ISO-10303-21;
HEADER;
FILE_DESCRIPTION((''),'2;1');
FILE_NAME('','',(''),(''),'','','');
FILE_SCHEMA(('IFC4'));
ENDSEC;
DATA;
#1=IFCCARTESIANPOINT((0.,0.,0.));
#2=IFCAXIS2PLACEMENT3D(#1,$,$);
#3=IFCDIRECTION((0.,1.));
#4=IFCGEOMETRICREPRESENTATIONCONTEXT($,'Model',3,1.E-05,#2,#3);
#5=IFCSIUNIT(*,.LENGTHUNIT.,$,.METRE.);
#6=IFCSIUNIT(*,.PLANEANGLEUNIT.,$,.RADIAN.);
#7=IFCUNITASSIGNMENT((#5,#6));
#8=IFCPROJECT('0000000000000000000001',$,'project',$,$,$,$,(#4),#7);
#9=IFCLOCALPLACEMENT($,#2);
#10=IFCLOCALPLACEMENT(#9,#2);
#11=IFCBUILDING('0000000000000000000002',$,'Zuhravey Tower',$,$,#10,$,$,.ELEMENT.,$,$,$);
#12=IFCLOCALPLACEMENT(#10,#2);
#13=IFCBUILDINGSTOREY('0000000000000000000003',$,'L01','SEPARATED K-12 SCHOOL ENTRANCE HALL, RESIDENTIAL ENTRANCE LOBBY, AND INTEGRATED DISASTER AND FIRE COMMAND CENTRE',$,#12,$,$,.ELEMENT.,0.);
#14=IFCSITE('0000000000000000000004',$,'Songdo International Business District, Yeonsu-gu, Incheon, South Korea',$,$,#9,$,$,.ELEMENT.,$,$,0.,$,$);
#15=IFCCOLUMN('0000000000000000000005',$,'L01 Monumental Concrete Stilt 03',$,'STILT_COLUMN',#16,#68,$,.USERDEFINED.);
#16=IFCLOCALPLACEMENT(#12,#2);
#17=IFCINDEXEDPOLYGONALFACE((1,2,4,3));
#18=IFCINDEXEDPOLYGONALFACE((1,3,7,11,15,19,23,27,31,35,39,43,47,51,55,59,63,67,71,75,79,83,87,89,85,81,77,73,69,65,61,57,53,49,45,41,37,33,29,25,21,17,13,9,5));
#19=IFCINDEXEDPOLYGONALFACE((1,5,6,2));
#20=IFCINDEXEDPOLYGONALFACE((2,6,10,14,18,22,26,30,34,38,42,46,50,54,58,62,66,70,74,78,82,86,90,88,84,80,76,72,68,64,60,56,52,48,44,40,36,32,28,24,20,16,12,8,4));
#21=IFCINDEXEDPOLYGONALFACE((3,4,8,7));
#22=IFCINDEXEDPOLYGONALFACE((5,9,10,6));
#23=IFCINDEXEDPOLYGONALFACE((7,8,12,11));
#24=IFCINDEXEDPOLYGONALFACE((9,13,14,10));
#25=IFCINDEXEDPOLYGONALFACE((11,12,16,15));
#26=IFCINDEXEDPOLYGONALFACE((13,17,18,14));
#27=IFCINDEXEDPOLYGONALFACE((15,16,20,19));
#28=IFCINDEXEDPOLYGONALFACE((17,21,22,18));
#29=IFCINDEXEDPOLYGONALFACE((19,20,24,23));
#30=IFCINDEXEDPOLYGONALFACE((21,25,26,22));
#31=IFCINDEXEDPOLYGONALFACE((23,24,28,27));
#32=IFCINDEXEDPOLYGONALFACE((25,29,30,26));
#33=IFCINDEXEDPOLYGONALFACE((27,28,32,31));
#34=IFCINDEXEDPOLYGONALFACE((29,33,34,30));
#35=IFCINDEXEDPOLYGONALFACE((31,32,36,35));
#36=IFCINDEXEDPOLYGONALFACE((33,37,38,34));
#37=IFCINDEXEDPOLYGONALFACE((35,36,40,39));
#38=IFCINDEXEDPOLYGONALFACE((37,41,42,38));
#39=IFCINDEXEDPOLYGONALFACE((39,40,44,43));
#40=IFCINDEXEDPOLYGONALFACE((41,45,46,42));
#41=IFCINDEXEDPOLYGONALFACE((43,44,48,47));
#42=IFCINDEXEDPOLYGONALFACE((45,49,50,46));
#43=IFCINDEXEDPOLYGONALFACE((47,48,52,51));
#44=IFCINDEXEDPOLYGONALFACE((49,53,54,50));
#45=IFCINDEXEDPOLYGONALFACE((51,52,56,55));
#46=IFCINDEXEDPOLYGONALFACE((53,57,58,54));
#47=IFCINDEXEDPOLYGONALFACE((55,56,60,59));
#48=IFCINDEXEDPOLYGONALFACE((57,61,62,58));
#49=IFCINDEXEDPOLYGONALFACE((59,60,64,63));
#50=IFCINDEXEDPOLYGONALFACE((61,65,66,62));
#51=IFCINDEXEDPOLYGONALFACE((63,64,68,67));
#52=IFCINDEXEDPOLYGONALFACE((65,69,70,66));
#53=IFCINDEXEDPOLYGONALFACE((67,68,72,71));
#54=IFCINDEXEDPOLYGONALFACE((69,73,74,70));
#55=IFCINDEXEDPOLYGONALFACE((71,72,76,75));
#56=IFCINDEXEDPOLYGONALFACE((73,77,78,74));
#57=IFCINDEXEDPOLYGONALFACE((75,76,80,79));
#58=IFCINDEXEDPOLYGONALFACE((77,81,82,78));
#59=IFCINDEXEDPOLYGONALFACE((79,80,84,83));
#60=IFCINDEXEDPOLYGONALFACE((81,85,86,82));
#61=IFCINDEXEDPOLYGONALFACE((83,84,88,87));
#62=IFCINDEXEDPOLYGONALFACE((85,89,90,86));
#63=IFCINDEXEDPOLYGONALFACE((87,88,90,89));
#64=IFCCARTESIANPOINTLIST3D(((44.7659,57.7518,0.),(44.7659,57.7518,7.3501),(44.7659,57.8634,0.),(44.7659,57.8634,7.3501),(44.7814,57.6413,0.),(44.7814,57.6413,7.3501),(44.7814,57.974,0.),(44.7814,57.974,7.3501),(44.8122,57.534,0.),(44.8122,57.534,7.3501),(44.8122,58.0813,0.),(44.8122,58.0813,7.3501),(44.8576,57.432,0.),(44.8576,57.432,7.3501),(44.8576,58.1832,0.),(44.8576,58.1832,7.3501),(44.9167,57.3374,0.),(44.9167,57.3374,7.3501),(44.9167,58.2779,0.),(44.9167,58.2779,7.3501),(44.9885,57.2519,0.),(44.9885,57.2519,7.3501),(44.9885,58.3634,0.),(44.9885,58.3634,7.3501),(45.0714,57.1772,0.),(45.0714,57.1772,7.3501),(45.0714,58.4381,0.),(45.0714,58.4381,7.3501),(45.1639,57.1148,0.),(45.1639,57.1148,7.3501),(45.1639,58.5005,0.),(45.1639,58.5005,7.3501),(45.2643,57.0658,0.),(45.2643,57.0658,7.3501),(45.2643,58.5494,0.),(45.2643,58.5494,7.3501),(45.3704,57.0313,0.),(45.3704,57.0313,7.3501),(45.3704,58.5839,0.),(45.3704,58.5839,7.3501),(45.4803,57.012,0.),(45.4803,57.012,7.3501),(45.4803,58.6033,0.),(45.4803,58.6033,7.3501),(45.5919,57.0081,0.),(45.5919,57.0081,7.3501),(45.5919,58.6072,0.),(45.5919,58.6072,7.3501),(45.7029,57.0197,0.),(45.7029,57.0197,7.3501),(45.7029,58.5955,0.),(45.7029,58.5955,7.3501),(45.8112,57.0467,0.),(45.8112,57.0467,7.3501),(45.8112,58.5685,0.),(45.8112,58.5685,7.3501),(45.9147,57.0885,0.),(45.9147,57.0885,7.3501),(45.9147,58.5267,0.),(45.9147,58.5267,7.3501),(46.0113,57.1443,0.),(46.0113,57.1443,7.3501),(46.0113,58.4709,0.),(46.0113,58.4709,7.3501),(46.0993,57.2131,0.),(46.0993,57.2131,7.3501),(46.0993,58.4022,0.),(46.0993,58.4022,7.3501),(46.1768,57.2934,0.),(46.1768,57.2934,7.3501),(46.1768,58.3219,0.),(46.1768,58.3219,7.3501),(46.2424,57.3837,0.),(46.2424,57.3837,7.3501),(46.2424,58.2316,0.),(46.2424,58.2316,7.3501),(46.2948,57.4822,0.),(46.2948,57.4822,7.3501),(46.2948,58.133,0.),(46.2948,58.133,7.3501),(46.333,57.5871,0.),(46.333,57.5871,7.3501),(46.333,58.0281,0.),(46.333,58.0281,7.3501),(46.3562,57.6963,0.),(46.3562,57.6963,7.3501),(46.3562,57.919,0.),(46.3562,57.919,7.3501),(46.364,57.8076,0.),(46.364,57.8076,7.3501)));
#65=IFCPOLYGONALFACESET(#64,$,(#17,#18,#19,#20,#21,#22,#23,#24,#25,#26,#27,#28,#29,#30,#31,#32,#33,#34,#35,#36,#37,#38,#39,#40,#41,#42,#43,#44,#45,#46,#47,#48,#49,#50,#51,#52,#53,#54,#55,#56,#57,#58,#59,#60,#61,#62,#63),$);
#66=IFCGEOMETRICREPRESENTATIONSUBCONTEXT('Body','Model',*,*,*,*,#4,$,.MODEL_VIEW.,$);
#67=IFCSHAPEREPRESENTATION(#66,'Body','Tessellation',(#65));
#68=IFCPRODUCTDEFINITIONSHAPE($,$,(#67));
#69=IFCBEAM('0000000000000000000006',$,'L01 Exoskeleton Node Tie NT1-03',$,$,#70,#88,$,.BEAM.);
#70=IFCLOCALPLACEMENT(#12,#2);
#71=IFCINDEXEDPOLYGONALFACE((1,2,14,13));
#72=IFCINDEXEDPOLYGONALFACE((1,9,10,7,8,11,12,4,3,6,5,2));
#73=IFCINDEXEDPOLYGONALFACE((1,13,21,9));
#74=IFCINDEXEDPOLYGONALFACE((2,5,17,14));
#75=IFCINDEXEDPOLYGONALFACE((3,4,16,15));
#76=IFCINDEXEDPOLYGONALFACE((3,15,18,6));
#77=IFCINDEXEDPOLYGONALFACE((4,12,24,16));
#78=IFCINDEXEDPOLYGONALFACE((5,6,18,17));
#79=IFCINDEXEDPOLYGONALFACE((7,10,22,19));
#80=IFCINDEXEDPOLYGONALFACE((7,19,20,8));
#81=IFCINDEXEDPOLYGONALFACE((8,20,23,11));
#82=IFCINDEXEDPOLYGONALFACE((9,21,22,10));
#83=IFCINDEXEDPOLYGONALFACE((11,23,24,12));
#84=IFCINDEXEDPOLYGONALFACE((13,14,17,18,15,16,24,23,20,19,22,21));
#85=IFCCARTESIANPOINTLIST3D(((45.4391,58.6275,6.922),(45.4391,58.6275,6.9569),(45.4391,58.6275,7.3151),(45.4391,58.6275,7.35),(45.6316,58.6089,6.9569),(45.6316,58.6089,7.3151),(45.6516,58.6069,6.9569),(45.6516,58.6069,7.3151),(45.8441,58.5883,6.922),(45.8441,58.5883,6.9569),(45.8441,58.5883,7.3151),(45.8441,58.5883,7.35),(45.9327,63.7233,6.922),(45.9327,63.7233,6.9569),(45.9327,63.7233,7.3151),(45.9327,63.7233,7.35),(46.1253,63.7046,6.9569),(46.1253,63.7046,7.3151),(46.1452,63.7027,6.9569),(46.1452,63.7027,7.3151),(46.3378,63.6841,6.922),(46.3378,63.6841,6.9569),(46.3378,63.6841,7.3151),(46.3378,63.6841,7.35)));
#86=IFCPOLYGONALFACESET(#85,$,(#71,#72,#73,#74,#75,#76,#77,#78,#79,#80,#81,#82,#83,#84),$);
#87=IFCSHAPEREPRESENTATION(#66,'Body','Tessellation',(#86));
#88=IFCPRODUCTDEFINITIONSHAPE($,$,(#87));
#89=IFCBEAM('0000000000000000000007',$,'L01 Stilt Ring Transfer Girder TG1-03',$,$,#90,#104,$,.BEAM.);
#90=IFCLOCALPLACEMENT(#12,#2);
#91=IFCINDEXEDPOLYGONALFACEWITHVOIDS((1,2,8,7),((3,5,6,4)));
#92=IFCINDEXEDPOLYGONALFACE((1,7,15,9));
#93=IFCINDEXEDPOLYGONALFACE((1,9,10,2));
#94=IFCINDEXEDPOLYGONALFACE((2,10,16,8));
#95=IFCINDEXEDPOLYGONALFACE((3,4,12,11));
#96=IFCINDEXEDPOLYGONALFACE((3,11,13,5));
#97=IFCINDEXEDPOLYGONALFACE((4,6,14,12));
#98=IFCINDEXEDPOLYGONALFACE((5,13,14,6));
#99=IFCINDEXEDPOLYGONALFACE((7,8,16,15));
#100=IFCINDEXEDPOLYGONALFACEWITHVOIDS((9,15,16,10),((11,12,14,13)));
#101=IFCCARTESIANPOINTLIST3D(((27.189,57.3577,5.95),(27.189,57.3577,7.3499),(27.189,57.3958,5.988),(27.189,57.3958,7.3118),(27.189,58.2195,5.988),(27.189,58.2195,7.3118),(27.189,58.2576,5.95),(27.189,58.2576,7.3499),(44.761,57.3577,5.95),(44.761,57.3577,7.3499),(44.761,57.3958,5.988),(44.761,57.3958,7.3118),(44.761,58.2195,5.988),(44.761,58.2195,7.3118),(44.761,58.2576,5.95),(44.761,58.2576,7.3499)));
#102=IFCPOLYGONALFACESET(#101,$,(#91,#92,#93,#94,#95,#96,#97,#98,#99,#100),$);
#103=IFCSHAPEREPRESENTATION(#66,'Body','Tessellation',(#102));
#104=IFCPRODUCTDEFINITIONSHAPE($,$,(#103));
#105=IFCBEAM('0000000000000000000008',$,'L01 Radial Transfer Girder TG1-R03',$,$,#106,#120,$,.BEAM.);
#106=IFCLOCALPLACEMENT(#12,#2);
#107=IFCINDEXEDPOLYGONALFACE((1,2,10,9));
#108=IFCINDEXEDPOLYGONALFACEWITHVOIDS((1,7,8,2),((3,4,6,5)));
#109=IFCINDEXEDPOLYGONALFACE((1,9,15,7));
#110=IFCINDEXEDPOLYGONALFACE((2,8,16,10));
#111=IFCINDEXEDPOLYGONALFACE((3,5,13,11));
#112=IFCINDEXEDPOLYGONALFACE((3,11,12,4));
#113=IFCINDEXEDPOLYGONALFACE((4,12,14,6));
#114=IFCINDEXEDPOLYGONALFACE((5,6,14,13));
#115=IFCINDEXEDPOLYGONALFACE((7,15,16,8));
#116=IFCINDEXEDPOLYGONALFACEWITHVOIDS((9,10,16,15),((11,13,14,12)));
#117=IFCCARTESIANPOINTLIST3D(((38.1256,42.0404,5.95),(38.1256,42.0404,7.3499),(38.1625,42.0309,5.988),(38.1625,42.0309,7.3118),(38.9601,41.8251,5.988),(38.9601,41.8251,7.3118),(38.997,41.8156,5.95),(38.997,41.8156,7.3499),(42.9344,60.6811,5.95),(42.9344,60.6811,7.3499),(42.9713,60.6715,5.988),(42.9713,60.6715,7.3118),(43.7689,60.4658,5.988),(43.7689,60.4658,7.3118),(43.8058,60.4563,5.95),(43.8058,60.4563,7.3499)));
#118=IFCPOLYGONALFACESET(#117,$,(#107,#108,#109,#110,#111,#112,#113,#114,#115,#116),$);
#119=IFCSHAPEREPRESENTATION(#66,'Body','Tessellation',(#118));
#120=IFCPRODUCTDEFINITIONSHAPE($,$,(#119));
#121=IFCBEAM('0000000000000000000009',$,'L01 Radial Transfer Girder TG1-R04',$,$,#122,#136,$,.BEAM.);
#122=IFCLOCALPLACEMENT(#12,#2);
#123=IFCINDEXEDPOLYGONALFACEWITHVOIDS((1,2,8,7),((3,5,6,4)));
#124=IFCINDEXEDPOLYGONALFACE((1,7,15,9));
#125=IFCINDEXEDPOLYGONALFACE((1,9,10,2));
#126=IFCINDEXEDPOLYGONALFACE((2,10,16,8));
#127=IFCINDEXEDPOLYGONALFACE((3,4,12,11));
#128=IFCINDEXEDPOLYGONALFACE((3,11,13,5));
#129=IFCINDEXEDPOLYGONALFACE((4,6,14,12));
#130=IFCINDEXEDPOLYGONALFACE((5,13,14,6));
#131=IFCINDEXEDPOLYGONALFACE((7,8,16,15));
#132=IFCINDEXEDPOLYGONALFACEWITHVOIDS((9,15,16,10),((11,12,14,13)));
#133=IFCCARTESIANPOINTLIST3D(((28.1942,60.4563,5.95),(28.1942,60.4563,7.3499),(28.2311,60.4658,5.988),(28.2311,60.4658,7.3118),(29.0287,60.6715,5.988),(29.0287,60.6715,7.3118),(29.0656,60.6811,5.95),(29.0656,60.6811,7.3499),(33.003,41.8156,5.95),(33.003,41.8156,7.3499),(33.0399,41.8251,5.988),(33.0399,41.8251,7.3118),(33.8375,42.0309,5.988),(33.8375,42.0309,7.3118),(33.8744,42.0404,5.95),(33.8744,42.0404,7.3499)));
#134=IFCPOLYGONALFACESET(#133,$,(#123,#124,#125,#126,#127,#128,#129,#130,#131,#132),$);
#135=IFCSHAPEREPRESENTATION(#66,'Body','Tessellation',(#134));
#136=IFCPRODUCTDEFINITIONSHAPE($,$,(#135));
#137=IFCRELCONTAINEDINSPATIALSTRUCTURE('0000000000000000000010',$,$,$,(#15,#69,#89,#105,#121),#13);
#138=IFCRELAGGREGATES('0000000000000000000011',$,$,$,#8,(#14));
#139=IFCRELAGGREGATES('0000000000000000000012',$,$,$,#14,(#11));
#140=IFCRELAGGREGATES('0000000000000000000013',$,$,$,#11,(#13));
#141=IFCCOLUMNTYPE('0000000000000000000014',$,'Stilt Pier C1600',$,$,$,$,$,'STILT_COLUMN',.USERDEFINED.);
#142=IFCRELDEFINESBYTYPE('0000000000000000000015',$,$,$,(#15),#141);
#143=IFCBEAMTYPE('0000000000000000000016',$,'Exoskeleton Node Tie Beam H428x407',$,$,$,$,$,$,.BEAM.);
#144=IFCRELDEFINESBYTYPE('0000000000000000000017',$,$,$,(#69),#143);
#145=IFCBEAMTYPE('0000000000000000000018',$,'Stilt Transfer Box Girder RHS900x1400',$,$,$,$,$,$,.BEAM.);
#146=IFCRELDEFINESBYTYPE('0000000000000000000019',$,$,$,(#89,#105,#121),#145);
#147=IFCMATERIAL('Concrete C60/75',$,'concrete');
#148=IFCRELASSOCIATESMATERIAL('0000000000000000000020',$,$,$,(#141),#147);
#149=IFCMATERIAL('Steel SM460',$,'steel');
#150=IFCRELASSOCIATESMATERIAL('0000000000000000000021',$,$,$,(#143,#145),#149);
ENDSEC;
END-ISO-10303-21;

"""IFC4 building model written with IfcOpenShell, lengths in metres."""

from ifc_helpers import new_model, si_unit, direction, frame, origin, origin_2d, place, context, subcontext, project, spatial, hollow_rectangle, circle, i_section, extrude, material, material_profile, profile_set, type_object, element, save


model = new_model("IFC4")

# Units and contexts
model_context = context("Model", 3, precision=1e-05, world=origin(), true_north=direction((0.0, 1.0)))
body_context = subcontext(model_context, "Body", "Model", "MODEL_VIEW")
ifc_project = project(units=[si_unit("LENGTHUNIT", "METRE"), si_unit("PLANEANGLEUNIT", "RADIAN")], contexts=[model_context])

# Site, building, storey
site_placement = place(None, origin())
site = spatial("IfcSite", under=ifc_project, at=site_placement, Name="Songdo International Business District, Yeonsu-gu, Incheon, South Korea", CompositionType="ELEMENT", RefElevation=0.0)
building_placement = place(site_placement, origin())
building = spatial("IfcBuilding", under=site, at=building_placement, Name="Zuhravey Tower", CompositionType="ELEMENT")
storey_placement = place(building_placement, origin())
storey = spatial("IfcBuildingStorey", under=building, at=storey_placement, Name="L01", Description="SEPARATED K-12 SCHOOL ENTRANCE HALL, RESIDENTIAL ENTRANCE LOBBY, AND INTEGRATED DISASTER AND FIRE COMMAND CENTRE", CompositionType="ELEMENT", Elevation=0.0)

# Column
ifc_material_1 = material(Name="Concrete C60/75", Category="concrete")
ifc_material_profile_1 = material_profile(ifc_material_1, circle(Radius=0.8, at=origin_2d()), Name="RC-CIRC-1600")
ifc_profile_set_1 = profile_set([ifc_material_profile_1], Name="Concrete C60/75")
column_type = type_object("IfcColumnType", Name="Stilt Pier C1600", ElementType="STILT_COLUMN", PredefinedType="USERDEFINED", material=ifc_profile_set_1)
column_placement = place(storey_placement, frame((45.564, 57.8076, 0.0), z_axis=(0.0, 0.0, 1.0), x_axis=(1.0, 0.0, 0.0)))
element("IfcColumn", 1, at=column_placement, inside=storey, type_object=column_type, Name="L01 Monumental Concrete Stilt 03", ObjectType="STILT_COLUMN", PredefinedType="USERDEFINED", context=body_context, shape_type="SweptSolid", body=[
    extrude(circle(Radius=0.8, at=origin_2d()), origin(), (0.0, 0.0, 1.0), 7.3501),
])

# Beams
ifc_material_2 = material(Name="Steel SM460", Category="steel")
ifc_material_profile_2 = material_profile(ifc_material_2, i_section(OverallWidth=0.407, OverallDepth=0.428, WebThickness=0.02, FlangeThickness=0.0349, at=origin_2d()), Name="H-428x407x20x35")
ifc_profile_set_2 = profile_set([ifc_material_profile_2], Name="Steel SM460")
beam_type_1 = type_object("IfcBeamType", Name="Exoskeleton Node Tie Beam H428x407", PredefinedType="BEAM", material=ifc_profile_set_2)
beam_1_placement = place(storey_placement, frame((45.6416, 58.6079, 7.136), z_axis=(0.096425, 0.99534, 0.0), x_axis=(-0.99534, 0.096425, 0.0)))
element("IfcBeam", 2, at=beam_1_placement, inside=storey, type_object=beam_type_1, Name="L01 Exoskeleton Node Tie NT1-03", PredefinedType="BEAM", context=body_context, shape_type="SweptSolid", body=[
    extrude(i_section(OverallWidth=0.407, OverallDepth=0.428, WebThickness=0.02, FlangeThickness=0.0349, at=origin_2d()), origin(), (0.0, 0.0, 1.0), 5.1196),
])
ifc_material_profile_3 = material_profile(ifc_material_2, hollow_rectangle(XDim=0.8999, YDim=1.3999, WallThickness=0.0381, at=origin_2d()), Name="RHS-900x1400x38")
ifc_profile_set_3 = profile_set([ifc_material_profile_3], Name="Steel SM460")
beam_type_2 = type_object("IfcBeamType", Name="Stilt Transfer Box Girder RHS900x1400", PredefinedType="BEAM", material=ifc_profile_set_3)
beam_2_placement = place(storey_placement, frame((44.761, 57.8076, 6.6499), z_axis=(-1.0, 0.0, 0.0), x_axis=(0.0, -1.0, 0.0)))
element("IfcBeam", 3, at=beam_2_placement, inside=storey, type_object=beam_type_2, Name="L01 Stilt Ring Transfer Girder TG1-03", PredefinedType="BEAM", context=body_context, shape_type="SweptSolid", body=[
    extrude(hollow_rectangle(XDim=0.8999, YDim=1.3999, WallThickness=0.0381, at=origin_2d()), origin(), (0.0, 0.0, 1.0), 17.572),
])
for number, where, z_axis, x_axis, name in (
    (4, (38.5613, 41.928, 6.6499), (0.249798, 0.968298, 0.0), (-0.968298, 0.249798, 0.0), "L01 Radial Transfer Girder TG1-R03"),
    (5, (33.4387, 41.928, 6.6499), (-0.249798, 0.968298, 0.0), (-0.968298, -0.249798, 0.0), "L01 Radial Transfer Girder TG1-R04"),
):
    element("IfcBeam", number, at=place(storey_placement, frame(where, z_axis=z_axis, x_axis=x_axis)), inside=storey, type_object=beam_type_2, Name=name, PredefinedType="BEAM", context=body_context, shape_type="SweptSolid", body=[
        extrude(hollow_rectangle(XDim=0.8999, YDim=1.3999, WallThickness=0.0381, at=origin_2d()), origin(), (0.0, 0.0, 1.0), 19.251),
    ])

save(model, "model.ifc")
